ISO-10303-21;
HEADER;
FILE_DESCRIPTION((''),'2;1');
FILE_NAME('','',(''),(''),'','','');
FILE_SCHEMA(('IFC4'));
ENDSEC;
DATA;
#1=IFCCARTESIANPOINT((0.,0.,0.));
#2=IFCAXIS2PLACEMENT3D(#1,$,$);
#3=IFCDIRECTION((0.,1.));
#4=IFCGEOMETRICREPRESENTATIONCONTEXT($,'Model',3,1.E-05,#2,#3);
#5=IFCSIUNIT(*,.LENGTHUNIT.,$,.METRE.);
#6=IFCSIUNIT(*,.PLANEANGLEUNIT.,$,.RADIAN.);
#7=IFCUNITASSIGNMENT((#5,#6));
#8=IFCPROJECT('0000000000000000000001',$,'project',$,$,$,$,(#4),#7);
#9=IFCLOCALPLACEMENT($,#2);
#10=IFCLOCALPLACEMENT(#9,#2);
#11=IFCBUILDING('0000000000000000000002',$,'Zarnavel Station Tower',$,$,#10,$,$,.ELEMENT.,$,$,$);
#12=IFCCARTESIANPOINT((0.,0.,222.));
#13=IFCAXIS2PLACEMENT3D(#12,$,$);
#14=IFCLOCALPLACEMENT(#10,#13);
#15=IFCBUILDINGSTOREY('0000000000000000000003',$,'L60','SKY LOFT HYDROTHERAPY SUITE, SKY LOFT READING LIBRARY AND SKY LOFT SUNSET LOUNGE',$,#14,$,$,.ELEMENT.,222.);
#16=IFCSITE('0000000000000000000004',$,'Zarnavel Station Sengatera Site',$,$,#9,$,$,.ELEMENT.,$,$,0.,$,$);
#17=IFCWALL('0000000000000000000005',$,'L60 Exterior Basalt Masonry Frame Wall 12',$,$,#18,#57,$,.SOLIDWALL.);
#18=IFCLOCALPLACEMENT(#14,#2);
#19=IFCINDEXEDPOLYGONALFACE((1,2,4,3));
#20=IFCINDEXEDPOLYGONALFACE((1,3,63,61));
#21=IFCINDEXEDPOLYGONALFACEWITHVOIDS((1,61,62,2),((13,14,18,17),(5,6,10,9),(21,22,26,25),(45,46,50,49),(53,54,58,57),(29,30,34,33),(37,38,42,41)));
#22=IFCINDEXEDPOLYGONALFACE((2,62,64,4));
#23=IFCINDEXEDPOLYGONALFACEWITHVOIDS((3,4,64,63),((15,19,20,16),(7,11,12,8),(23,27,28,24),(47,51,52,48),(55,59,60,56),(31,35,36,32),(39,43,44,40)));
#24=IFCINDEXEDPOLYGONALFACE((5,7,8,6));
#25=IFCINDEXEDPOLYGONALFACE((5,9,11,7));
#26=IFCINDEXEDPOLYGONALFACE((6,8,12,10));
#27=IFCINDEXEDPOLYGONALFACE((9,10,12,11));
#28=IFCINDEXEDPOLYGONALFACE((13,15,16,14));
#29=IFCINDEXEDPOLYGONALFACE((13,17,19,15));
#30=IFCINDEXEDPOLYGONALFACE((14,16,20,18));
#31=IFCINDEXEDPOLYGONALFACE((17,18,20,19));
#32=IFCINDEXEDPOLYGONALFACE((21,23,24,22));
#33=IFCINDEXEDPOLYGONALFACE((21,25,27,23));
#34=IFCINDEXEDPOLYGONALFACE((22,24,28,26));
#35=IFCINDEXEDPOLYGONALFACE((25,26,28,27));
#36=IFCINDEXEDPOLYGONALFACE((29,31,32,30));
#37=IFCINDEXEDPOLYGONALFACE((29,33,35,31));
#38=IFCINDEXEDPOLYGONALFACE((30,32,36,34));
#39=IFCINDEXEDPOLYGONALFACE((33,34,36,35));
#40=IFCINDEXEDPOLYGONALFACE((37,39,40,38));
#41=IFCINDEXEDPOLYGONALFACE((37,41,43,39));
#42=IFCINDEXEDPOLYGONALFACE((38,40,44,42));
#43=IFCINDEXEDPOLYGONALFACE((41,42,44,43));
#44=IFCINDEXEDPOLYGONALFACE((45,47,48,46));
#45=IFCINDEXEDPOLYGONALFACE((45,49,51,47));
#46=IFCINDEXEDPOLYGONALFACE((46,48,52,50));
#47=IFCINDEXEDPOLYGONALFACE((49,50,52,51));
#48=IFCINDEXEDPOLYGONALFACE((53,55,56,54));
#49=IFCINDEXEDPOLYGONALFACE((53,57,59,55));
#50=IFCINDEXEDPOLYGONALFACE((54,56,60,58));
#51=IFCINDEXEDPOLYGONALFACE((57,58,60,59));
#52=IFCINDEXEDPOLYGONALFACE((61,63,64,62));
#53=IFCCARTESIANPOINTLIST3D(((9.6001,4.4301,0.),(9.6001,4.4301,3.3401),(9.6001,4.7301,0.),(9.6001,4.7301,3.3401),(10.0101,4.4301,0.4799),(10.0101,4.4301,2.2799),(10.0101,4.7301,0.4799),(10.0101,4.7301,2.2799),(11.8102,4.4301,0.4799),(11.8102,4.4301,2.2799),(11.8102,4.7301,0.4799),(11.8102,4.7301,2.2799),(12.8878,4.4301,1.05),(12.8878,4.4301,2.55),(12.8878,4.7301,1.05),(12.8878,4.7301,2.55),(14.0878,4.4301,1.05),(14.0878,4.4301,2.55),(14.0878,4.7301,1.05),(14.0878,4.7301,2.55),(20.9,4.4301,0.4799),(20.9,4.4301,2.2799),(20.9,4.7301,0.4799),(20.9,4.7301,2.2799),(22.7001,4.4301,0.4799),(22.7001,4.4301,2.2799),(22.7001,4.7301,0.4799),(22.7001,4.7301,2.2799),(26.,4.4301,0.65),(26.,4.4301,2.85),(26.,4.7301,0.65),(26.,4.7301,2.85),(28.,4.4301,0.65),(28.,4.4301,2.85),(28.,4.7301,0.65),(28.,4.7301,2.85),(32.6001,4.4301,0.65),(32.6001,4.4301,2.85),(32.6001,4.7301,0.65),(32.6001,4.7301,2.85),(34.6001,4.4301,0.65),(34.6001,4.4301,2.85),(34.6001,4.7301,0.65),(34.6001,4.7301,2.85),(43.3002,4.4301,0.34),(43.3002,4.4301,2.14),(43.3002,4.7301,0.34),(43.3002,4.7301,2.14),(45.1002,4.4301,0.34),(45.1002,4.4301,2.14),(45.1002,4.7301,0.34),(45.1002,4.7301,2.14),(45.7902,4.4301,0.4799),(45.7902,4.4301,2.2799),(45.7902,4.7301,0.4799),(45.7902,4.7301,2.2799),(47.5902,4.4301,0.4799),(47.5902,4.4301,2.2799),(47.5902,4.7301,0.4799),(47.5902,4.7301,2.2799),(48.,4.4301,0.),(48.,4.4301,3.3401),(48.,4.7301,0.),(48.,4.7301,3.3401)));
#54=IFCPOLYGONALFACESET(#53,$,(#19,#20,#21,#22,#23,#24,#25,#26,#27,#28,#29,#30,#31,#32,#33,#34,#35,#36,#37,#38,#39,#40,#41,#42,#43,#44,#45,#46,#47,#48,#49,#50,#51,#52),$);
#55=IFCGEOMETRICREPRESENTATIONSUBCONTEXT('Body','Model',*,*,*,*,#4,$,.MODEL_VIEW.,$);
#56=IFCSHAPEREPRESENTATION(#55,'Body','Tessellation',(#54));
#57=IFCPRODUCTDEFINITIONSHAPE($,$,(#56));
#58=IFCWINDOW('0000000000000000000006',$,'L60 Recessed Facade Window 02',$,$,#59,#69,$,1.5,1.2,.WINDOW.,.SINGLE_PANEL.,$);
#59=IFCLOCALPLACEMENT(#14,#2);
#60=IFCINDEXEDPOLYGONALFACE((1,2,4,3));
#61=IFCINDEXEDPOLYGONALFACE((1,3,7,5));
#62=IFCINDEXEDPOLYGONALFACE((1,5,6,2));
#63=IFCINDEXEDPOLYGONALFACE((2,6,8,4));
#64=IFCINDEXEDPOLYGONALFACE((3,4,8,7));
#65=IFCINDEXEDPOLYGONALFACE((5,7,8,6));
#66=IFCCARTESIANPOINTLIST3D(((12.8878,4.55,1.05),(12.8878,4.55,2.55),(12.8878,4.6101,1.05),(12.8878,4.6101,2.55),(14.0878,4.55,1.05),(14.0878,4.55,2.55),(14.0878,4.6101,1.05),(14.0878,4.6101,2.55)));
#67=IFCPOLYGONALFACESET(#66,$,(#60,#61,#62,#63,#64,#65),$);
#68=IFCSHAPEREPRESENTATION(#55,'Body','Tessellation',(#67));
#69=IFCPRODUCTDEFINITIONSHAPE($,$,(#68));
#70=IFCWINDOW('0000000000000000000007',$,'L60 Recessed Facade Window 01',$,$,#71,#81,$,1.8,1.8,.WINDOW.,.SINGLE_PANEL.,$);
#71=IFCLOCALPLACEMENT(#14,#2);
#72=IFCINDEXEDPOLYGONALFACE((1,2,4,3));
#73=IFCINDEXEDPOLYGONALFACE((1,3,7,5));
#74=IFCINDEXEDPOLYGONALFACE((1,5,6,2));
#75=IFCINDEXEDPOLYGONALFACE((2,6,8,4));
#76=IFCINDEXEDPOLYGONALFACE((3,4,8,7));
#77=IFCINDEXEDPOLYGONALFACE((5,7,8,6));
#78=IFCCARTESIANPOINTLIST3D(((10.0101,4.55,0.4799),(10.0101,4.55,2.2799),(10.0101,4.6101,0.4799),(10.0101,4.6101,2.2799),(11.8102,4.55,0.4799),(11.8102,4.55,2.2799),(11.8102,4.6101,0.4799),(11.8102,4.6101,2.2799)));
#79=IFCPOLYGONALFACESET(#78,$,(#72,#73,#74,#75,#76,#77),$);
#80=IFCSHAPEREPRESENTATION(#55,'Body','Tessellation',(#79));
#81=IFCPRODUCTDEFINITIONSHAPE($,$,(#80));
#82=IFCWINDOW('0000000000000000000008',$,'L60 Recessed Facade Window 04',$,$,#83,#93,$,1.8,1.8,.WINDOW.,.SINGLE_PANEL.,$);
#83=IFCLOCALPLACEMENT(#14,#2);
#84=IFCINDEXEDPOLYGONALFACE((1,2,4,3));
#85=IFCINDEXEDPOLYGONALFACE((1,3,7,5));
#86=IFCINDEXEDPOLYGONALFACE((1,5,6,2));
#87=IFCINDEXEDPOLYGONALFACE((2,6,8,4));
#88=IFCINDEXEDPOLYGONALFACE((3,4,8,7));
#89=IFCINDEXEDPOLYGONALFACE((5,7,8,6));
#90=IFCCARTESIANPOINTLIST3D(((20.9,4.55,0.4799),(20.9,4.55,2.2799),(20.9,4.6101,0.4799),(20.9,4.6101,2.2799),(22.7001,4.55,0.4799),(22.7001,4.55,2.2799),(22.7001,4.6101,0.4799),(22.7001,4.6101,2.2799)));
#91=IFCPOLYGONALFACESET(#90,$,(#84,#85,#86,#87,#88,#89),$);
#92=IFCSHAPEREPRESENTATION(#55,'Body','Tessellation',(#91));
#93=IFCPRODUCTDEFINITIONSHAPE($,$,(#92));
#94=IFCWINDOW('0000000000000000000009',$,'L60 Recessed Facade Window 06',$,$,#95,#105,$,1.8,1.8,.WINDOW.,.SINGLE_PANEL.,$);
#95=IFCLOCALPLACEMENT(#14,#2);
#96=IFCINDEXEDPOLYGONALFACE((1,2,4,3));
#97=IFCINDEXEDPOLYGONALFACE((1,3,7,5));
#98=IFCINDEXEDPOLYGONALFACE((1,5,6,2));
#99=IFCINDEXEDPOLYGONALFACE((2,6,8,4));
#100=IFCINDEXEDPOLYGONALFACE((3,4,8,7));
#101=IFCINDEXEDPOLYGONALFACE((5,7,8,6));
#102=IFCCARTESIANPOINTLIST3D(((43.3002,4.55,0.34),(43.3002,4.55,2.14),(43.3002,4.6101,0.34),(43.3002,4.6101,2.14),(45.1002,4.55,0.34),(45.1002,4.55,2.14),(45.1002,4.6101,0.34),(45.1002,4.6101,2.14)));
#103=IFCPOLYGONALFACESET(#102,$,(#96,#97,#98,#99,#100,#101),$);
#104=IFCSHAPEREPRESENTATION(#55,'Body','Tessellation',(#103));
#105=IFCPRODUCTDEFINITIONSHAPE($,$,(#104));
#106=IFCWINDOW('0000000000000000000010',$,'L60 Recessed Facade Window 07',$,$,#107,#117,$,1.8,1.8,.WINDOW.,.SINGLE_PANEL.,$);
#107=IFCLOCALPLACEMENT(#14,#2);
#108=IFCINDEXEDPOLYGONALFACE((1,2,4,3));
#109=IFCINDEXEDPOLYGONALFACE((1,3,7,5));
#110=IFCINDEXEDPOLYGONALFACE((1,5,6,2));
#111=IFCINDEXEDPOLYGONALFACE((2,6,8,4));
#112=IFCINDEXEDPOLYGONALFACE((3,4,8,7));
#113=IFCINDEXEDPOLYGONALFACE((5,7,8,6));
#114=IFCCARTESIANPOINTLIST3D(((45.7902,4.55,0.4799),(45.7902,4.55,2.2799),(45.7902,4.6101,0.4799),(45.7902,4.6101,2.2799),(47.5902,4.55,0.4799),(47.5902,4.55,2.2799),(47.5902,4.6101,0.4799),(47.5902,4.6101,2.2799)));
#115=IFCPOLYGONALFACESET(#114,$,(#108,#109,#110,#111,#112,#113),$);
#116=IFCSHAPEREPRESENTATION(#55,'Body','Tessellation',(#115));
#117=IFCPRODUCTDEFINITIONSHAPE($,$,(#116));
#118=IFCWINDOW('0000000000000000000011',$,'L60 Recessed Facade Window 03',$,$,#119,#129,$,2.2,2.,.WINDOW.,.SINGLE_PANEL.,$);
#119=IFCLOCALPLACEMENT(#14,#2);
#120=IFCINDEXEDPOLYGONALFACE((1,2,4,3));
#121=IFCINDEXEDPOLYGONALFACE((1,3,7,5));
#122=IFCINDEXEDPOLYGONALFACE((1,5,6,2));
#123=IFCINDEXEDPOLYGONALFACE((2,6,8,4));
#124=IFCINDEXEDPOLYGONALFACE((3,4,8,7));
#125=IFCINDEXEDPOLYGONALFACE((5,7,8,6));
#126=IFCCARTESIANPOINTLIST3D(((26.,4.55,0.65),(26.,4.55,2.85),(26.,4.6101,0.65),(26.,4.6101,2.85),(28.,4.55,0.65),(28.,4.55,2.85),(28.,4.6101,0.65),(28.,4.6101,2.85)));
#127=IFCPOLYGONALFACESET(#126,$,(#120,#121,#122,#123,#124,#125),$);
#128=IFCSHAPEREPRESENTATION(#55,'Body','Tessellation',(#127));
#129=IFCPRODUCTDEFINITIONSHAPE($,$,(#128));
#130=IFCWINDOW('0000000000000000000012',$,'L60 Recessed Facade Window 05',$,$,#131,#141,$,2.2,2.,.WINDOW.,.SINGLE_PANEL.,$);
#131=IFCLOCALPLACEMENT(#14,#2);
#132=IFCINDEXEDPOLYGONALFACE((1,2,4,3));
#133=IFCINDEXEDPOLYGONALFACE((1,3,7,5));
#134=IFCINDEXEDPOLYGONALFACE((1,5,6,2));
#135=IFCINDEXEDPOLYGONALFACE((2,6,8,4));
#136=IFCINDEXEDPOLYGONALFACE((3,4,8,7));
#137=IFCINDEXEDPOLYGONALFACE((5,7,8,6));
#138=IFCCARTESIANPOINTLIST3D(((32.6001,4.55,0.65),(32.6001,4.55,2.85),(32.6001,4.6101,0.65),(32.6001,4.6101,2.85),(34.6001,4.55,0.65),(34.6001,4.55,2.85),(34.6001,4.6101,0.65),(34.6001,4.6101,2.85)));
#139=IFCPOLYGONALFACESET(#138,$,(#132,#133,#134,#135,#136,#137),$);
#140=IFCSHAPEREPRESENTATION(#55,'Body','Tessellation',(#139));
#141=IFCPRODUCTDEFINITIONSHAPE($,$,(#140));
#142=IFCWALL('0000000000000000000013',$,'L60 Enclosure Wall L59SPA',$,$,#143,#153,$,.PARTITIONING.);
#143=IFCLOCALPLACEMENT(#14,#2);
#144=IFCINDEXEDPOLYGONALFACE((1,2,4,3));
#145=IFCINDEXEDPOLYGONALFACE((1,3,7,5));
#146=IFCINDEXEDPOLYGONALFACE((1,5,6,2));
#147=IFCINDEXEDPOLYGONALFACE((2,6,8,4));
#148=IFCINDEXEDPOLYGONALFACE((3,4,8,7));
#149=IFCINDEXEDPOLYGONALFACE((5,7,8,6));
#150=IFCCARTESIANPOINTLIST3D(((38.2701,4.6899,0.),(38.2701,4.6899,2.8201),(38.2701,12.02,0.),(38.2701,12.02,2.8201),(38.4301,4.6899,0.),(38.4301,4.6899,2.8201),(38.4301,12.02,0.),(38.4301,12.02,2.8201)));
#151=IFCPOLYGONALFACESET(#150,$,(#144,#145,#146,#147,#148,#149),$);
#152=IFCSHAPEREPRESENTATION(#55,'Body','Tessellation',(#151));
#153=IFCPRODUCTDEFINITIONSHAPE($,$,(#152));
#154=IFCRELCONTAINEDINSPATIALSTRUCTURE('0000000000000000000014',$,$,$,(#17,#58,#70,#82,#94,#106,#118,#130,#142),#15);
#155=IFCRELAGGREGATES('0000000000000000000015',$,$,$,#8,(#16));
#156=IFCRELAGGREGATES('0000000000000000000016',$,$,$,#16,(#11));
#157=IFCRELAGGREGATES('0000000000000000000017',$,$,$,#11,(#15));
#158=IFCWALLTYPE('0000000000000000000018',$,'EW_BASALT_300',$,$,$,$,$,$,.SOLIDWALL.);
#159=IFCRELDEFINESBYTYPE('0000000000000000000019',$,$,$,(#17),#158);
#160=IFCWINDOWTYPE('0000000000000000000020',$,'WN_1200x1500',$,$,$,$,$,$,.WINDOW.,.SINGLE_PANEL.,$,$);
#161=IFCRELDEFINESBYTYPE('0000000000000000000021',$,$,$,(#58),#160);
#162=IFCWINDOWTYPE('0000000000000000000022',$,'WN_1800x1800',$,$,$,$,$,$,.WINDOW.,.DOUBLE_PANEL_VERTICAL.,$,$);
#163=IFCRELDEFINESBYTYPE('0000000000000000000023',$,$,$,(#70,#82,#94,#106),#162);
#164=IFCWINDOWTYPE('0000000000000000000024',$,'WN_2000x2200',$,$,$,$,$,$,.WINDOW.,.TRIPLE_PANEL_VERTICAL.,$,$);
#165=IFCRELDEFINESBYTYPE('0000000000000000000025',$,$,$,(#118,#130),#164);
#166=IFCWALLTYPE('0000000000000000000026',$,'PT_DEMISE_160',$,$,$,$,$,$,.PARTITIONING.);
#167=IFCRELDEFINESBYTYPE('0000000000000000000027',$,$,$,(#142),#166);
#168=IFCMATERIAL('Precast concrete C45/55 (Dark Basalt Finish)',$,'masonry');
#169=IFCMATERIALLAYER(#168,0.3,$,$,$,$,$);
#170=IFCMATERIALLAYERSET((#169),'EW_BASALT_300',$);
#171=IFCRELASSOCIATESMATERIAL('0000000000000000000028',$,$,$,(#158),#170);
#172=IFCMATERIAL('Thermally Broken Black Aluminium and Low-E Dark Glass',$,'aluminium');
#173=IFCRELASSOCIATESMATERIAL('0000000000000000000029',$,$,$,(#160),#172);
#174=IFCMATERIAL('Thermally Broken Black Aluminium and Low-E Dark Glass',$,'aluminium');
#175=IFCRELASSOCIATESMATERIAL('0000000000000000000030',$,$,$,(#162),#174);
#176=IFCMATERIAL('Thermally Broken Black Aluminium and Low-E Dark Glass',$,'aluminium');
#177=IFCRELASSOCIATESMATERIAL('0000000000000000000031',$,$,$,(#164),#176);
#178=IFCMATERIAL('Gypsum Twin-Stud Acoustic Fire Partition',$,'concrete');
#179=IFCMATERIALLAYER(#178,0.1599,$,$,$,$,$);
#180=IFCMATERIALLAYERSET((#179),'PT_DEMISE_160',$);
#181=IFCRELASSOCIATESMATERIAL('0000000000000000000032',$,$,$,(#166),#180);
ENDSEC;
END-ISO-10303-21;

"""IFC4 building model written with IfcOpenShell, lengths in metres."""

from ifc_helpers import new_model, si_unit, direction, frame, frame_2d, origin, place, context, subcontext, project, spatial, rectangle, extrude, material, layer, layer_set, type_object, element, fill, save


model = new_model("IFC4")

# Units and contexts
model_context = context("Model", 3, precision=1e-05, world=origin(), true_north=direction((0.0, 1.0)))
body_context = subcontext(model_context, "Body", "Model", "MODEL_VIEW")
ifc_project = project(units=[si_unit("LENGTHUNIT", "METRE"), si_unit("PLANEANGLEUNIT", "RADIAN")], contexts=[model_context])

# Site, building, storey
site_placement = place(None, origin())
site = spatial("IfcSite", under=ifc_project, at=site_placement, Name="Zarnavel Station Sengatera Site", CompositionType="ELEMENT", RefElevation=0.0)
building_placement = place(site_placement, origin())
building = spatial("IfcBuilding", under=site, at=building_placement, Name="Zarnavel Station Tower", CompositionType="ELEMENT")
storey_placement = place(building_placement, frame((0.0, 0.0, 222.0)))
storey = spatial("IfcBuildingStorey", under=building, at=storey_placement, Name="L60", Description="SKY LOFT HYDROTHERAPY SUITE, SKY LOFT READING LIBRARY AND SKY LOFT SUNSET LOUNGE", CompositionType="ELEMENT", Elevation=222.0)

# Shared definitions
ifc_material_1 = material(Name="Precast concrete C45/55 (Dark Basalt Finish)", Category="masonry")
ifc_layer_1 = layer(ifc_material_1, 0.3)
ifc_layer_set_1 = layer_set([ifc_layer_1], Name="EW_BASALT_300")
wall_type_1 = type_object("IfcWallType", Name="EW_BASALT_300", PredefinedType="SOLIDWALL", material=ifc_layer_set_1)

# Wall, openings, windows
wall_1_placement = place(storey_placement, frame((48.0, 4.5801, 0.0), z_axis=(0.0, 0.0, 1.0), x_axis=(-1.0, 0.0, 0.0)))
wall_1 = element("IfcWall", 1, at=wall_1_placement, inside=storey, type_object=wall_type_1, Name="L60 Exterior Basalt Masonry Frame Wall 12", PredefinedType="SOLIDWALL", context=body_context, shape_type="SweptSolid", body=[
    extrude(rectangle(XDim=38.3999, YDim=0.3, at=frame_2d((19.2, 0.0))), origin(), (0.0, 0.0, 1.0), 3.3401),
])
opening_1_placement = place(wall_1_placement, frame((36.1899, 0.0, 0.48)))
opening_1 = element("IfcOpeningElement", 2, at=opening_1_placement, cuts=wall_1, PredefinedType="OPENING", context=body_context, shape_type="SweptSolid", body=[
    extrude(rectangle(XDim=1.8, YDim=1.8, at=frame_2d((0.8999, 0.8999))), frame((0.0, 0.1599, 0.0), z_axis=(0.0, -1.0, 0.0), x_axis=(1.0, 0.0, 0.0)), (0.0, 0.0, 1.0), 0.3201),
])
opening_2_placement = place(wall_1_placement, frame((33.9121, 0.0, 1.05)))
opening_2 = element("IfcOpeningElement", 3, at=opening_2_placement, cuts=wall_1, PredefinedType="OPENING", context=body_context, shape_type="SweptSolid", body=[
    extrude(rectangle(XDim=1.2, YDim=1.5, at=frame_2d((0.6001, 0.75))), frame((0.0, 0.1599, 0.0), z_axis=(0.0, -1.0, 0.0), x_axis=(1.0, 0.0, 0.0)), (0.0, 0.0, 1.0), 0.3201),
])
opening_3_placement = place(wall_1_placement, frame((20.0, 0.0, 0.6499)))
opening_3 = element("IfcOpeningElement", 4, at=opening_3_placement, cuts=wall_1, PredefinedType="OPENING", context=body_context, shape_type="SweptSolid", body=[
    extrude(rectangle(XDim=2.0, YDim=2.2, at=frame_2d((1.0, 1.1001))), frame((0.0, 0.1599, 0.0), z_axis=(0.0, -1.0, 0.0), x_axis=(1.0, 0.0, 0.0)), (0.0, 0.0, 1.0), 0.3201),
])
opening_4_placement = place(wall_1_placement, frame((25.3, 0.0, 0.48)))
opening_4 = element("IfcOpeningElement", 5, at=opening_4_placement, cuts=wall_1, PredefinedType="OPENING", context=body_context, shape_type="SweptSolid", body=[
    extrude(rectangle(XDim=1.8, YDim=1.8, at=frame_2d((0.8999, 0.8999))), frame((0.0, 0.1599, 0.0), z_axis=(0.0, -1.0, 0.0), x_axis=(1.0, 0.0, 0.0)), (0.0, 0.0, 1.0), 0.3201),
])
opening_5_placement = place(wall_1_placement, frame((13.3999, 0.0, 0.6499)))
opening_5 = element("IfcOpeningElement", 6, at=opening_5_placement, cuts=wall_1, PredefinedType="OPENING", context=body_context, shape_type="SweptSolid", body=[
    extrude(rectangle(XDim=2.0, YDim=2.2, at=frame_2d((1.0, 1.1001))), frame((0.0, 0.1599, 0.0), z_axis=(0.0, -1.0, 0.0), x_axis=(1.0, 0.0, 0.0)), (0.0, 0.0, 1.0), 0.3201),
])
opening_6_placement = place(wall_1_placement, frame((2.8999, 0.0, 0.3401)))
opening_6 = element("IfcOpeningElement", 7, at=opening_6_placement, cuts=wall_1, PredefinedType="OPENING", context=body_context, shape_type="SweptSolid", body=[
    extrude(rectangle(XDim=1.8, YDim=1.8, at=frame_2d((0.8999, 0.8999))), frame((0.0, 0.1599, 0.0), z_axis=(0.0, -1.0, 0.0), x_axis=(1.0, 0.0, 0.0)), (0.0, 0.0, 1.0), 0.3201),
])
opening_7_placement = place(wall_1_placement, frame((0.4099, 0.0, 0.48)))
opening_7 = element("IfcOpeningElement", 8, at=opening_7_placement, cuts=wall_1, PredefinedType="OPENING", context=body_context, shape_type="SweptSolid", body=[
    extrude(rectangle(XDim=1.8, YDim=1.8, at=frame_2d((0.8999, 0.8999))), frame((0.0, 0.1599, 0.0), z_axis=(0.0, -1.0, 0.0), x_axis=(1.0, 0.0, 0.0)), (0.0, 0.0, 1.0), 0.3201),
])
ifc_material_2 = material(Name="Thermally Broken Black Aluminium and Low-E Dark Glass", Category="aluminium")
window_type_1 = type_object("IfcWindowType", Name="WN_1200x1500", PartitioningType="SINGLE_PANEL", PredefinedType="WINDOW", material=ifc_material_2)
window_1_placement = place(opening_2_placement, origin())
window_1 = element("IfcWindow", 9, at=window_1_placement, inside=storey, type_object=window_type_1, Name="L60 Recessed Facade Window 02", OverallHeight=1.5, OverallWidth=1.2, PartitioningType="SINGLE_PANEL", PredefinedType="WINDOW", context=body_context, shape_type="SweptSolid", body=[
    extrude(rectangle(XDim=1.2, YDim=1.5, at=frame_2d((0.6001, 0.75))), frame((0.0, 0.03, 0.0), z_axis=(0.0, -1.0, 0.0), x_axis=(1.0, 0.0, 0.0)), (0.0, 0.0, 1.0), 0.0601),
])
fill(opening_2, window_1)
ifc_material_3 = material(Name="Thermally Broken Black Aluminium and Low-E Dark Glass", Category="aluminium")
window_type_2 = type_object("IfcWindowType", Name="WN_1800x1800", PartitioningType="DOUBLE_PANEL_VERTICAL", PredefinedType="WINDOW", material=ifc_material_3)
window_2_placement = place(opening_1_placement, origin())
window_2 = element("IfcWindow", 10, at=window_2_placement, inside=storey, type_object=window_type_2, Name="L60 Recessed Facade Window 01", OverallHeight=1.8, OverallWidth=1.8, PartitioningType="SINGLE_PANEL", PredefinedType="WINDOW", context=body_context, shape_type="SweptSolid", body=[
    extrude(rectangle(XDim=1.8, YDim=1.8, at=frame_2d((0.8999, 0.8999))), frame((0.0, 0.03, 0.0), z_axis=(0.0, -1.0, 0.0), x_axis=(1.0, 0.0, 0.0)), (0.0, 0.0, 1.0), 0.0601),
])
fill(opening_1, window_2)
window_3_placement = place(opening_4_placement, origin())
window_3 = element("IfcWindow", 11, at=window_3_placement, inside=storey, type_object=window_type_2, Name="L60 Recessed Facade Window 04", OverallHeight=1.8, OverallWidth=1.8, PartitioningType="SINGLE_PANEL", PredefinedType="WINDOW", context=body_context, shape_type="SweptSolid", body=[
    extrude(rectangle(XDim=1.8, YDim=1.8, at=frame_2d((0.8999, 0.8999))), frame((0.0, 0.03, 0.0), z_axis=(0.0, -1.0, 0.0), x_axis=(1.0, 0.0, 0.0)), (0.0, 0.0, 1.0), 0.0601),
])
fill(opening_4, window_3)
window_4_placement = place(opening_6_placement, origin())
window_4 = element("IfcWindow", 12, at=window_4_placement, inside=storey, type_object=window_type_2, Name="L60 Recessed Facade Window 06", OverallHeight=1.8, OverallWidth=1.8, PartitioningType="SINGLE_PANEL", PredefinedType="WINDOW", context=body_context, shape_type="SweptSolid", body=[
    extrude(rectangle(XDim=1.8, YDim=1.8, at=frame_2d((0.8999, 0.8999))), frame((0.0, 0.03, 0.0), z_axis=(0.0, -1.0, 0.0), x_axis=(1.0, 0.0, 0.0)), (0.0, 0.0, 1.0), 0.0601),
])
fill(opening_6, window_4)
window_5_placement = place(opening_7_placement, origin())
window_5 = element("IfcWindow", 13, at=window_5_placement, inside=storey, type_object=window_type_2, Name="L60 Recessed Facade Window 07", OverallHeight=1.8, OverallWidth=1.8, PartitioningType="SINGLE_PANEL", PredefinedType="WINDOW", context=body_context, shape_type="SweptSolid", body=[
    extrude(rectangle(XDim=1.8, YDim=1.8, at=frame_2d((0.8999, 0.8999))), frame((0.0, 0.03, 0.0), z_axis=(0.0, -1.0, 0.0), x_axis=(1.0, 0.0, 0.0)), (0.0, 0.0, 1.0), 0.0601),
])
fill(opening_7, window_5)
ifc_material_4 = material(Name="Thermally Broken Black Aluminium and Low-E Dark Glass", Category="aluminium")
window_type_3 = type_object("IfcWindowType", Name="WN_2000x2200", PartitioningType="TRIPLE_PANEL_VERTICAL", PredefinedType="WINDOW", material=ifc_material_4)
window_6_placement = place(opening_3_placement, origin())
window_6 = element("IfcWindow", 14, at=window_6_placement, inside=storey, type_object=window_type_3, Name="L60 Recessed Facade Window 03", OverallHeight=2.2, OverallWidth=2.0, PartitioningType="SINGLE_PANEL", PredefinedType="WINDOW", context=body_context, shape_type="SweptSolid", body=[
    extrude(rectangle(XDim=2.0, YDim=2.2, at=frame_2d((1.0, 1.1001))), frame((0.0, 0.03, 0.0), z_axis=(0.0, -1.0, 0.0), x_axis=(1.0, 0.0, 0.0)), (0.0, 0.0, 1.0), 0.0601),
])
fill(opening_3, window_6)
window_7_placement = place(opening_5_placement, origin())
window_7 = element("IfcWindow", 15, at=window_7_placement, inside=storey, type_object=window_type_3, Name="L60 Recessed Facade Window 05", OverallHeight=2.2, OverallWidth=2.0, PartitioningType="SINGLE_PANEL", PredefinedType="WINDOW", context=body_context, shape_type="SweptSolid", body=[
    extrude(rectangle(XDim=2.0, YDim=2.2, at=frame_2d((1.0, 1.1001))), frame((0.0, 0.03, 0.0), z_axis=(0.0, -1.0, 0.0), x_axis=(1.0, 0.0, 0.0)), (0.0, 0.0, 1.0), 0.0601),
])
fill(opening_5, window_7)

# Wall
ifc_material_5 = material(Name="Gypsum Twin-Stud Acoustic Fire Partition", Category="concrete")
ifc_layer_2 = layer(ifc_material_5, 0.1599)
ifc_layer_set_2 = layer_set([ifc_layer_2], Name="PT_DEMISE_160")
wall_type_2 = type_object("IfcWallType", Name="PT_DEMISE_160", PredefinedType="PARTITIONING", material=ifc_layer_set_2)
wall_2_placement = place(storey_placement, frame((38.3501, 4.6899, 0.0), z_axis=(0.0, 0.0, 1.0), x_axis=(0.0, 1.0, 0.0)))
element("IfcWall", 16, at=wall_2_placement, inside=storey, type_object=wall_type_2, Name="L60 Enclosure Wall L59SPA", PredefinedType="PARTITIONING", context=body_context, shape_type="SweptSolid", body=[
    extrude(rectangle(XDim=7.3301, YDim=0.1599, at=frame_2d((3.665, 0.0))), origin(), (0.0, 0.0, 1.0), 2.8201),
])

save(model, "model.ifc")
